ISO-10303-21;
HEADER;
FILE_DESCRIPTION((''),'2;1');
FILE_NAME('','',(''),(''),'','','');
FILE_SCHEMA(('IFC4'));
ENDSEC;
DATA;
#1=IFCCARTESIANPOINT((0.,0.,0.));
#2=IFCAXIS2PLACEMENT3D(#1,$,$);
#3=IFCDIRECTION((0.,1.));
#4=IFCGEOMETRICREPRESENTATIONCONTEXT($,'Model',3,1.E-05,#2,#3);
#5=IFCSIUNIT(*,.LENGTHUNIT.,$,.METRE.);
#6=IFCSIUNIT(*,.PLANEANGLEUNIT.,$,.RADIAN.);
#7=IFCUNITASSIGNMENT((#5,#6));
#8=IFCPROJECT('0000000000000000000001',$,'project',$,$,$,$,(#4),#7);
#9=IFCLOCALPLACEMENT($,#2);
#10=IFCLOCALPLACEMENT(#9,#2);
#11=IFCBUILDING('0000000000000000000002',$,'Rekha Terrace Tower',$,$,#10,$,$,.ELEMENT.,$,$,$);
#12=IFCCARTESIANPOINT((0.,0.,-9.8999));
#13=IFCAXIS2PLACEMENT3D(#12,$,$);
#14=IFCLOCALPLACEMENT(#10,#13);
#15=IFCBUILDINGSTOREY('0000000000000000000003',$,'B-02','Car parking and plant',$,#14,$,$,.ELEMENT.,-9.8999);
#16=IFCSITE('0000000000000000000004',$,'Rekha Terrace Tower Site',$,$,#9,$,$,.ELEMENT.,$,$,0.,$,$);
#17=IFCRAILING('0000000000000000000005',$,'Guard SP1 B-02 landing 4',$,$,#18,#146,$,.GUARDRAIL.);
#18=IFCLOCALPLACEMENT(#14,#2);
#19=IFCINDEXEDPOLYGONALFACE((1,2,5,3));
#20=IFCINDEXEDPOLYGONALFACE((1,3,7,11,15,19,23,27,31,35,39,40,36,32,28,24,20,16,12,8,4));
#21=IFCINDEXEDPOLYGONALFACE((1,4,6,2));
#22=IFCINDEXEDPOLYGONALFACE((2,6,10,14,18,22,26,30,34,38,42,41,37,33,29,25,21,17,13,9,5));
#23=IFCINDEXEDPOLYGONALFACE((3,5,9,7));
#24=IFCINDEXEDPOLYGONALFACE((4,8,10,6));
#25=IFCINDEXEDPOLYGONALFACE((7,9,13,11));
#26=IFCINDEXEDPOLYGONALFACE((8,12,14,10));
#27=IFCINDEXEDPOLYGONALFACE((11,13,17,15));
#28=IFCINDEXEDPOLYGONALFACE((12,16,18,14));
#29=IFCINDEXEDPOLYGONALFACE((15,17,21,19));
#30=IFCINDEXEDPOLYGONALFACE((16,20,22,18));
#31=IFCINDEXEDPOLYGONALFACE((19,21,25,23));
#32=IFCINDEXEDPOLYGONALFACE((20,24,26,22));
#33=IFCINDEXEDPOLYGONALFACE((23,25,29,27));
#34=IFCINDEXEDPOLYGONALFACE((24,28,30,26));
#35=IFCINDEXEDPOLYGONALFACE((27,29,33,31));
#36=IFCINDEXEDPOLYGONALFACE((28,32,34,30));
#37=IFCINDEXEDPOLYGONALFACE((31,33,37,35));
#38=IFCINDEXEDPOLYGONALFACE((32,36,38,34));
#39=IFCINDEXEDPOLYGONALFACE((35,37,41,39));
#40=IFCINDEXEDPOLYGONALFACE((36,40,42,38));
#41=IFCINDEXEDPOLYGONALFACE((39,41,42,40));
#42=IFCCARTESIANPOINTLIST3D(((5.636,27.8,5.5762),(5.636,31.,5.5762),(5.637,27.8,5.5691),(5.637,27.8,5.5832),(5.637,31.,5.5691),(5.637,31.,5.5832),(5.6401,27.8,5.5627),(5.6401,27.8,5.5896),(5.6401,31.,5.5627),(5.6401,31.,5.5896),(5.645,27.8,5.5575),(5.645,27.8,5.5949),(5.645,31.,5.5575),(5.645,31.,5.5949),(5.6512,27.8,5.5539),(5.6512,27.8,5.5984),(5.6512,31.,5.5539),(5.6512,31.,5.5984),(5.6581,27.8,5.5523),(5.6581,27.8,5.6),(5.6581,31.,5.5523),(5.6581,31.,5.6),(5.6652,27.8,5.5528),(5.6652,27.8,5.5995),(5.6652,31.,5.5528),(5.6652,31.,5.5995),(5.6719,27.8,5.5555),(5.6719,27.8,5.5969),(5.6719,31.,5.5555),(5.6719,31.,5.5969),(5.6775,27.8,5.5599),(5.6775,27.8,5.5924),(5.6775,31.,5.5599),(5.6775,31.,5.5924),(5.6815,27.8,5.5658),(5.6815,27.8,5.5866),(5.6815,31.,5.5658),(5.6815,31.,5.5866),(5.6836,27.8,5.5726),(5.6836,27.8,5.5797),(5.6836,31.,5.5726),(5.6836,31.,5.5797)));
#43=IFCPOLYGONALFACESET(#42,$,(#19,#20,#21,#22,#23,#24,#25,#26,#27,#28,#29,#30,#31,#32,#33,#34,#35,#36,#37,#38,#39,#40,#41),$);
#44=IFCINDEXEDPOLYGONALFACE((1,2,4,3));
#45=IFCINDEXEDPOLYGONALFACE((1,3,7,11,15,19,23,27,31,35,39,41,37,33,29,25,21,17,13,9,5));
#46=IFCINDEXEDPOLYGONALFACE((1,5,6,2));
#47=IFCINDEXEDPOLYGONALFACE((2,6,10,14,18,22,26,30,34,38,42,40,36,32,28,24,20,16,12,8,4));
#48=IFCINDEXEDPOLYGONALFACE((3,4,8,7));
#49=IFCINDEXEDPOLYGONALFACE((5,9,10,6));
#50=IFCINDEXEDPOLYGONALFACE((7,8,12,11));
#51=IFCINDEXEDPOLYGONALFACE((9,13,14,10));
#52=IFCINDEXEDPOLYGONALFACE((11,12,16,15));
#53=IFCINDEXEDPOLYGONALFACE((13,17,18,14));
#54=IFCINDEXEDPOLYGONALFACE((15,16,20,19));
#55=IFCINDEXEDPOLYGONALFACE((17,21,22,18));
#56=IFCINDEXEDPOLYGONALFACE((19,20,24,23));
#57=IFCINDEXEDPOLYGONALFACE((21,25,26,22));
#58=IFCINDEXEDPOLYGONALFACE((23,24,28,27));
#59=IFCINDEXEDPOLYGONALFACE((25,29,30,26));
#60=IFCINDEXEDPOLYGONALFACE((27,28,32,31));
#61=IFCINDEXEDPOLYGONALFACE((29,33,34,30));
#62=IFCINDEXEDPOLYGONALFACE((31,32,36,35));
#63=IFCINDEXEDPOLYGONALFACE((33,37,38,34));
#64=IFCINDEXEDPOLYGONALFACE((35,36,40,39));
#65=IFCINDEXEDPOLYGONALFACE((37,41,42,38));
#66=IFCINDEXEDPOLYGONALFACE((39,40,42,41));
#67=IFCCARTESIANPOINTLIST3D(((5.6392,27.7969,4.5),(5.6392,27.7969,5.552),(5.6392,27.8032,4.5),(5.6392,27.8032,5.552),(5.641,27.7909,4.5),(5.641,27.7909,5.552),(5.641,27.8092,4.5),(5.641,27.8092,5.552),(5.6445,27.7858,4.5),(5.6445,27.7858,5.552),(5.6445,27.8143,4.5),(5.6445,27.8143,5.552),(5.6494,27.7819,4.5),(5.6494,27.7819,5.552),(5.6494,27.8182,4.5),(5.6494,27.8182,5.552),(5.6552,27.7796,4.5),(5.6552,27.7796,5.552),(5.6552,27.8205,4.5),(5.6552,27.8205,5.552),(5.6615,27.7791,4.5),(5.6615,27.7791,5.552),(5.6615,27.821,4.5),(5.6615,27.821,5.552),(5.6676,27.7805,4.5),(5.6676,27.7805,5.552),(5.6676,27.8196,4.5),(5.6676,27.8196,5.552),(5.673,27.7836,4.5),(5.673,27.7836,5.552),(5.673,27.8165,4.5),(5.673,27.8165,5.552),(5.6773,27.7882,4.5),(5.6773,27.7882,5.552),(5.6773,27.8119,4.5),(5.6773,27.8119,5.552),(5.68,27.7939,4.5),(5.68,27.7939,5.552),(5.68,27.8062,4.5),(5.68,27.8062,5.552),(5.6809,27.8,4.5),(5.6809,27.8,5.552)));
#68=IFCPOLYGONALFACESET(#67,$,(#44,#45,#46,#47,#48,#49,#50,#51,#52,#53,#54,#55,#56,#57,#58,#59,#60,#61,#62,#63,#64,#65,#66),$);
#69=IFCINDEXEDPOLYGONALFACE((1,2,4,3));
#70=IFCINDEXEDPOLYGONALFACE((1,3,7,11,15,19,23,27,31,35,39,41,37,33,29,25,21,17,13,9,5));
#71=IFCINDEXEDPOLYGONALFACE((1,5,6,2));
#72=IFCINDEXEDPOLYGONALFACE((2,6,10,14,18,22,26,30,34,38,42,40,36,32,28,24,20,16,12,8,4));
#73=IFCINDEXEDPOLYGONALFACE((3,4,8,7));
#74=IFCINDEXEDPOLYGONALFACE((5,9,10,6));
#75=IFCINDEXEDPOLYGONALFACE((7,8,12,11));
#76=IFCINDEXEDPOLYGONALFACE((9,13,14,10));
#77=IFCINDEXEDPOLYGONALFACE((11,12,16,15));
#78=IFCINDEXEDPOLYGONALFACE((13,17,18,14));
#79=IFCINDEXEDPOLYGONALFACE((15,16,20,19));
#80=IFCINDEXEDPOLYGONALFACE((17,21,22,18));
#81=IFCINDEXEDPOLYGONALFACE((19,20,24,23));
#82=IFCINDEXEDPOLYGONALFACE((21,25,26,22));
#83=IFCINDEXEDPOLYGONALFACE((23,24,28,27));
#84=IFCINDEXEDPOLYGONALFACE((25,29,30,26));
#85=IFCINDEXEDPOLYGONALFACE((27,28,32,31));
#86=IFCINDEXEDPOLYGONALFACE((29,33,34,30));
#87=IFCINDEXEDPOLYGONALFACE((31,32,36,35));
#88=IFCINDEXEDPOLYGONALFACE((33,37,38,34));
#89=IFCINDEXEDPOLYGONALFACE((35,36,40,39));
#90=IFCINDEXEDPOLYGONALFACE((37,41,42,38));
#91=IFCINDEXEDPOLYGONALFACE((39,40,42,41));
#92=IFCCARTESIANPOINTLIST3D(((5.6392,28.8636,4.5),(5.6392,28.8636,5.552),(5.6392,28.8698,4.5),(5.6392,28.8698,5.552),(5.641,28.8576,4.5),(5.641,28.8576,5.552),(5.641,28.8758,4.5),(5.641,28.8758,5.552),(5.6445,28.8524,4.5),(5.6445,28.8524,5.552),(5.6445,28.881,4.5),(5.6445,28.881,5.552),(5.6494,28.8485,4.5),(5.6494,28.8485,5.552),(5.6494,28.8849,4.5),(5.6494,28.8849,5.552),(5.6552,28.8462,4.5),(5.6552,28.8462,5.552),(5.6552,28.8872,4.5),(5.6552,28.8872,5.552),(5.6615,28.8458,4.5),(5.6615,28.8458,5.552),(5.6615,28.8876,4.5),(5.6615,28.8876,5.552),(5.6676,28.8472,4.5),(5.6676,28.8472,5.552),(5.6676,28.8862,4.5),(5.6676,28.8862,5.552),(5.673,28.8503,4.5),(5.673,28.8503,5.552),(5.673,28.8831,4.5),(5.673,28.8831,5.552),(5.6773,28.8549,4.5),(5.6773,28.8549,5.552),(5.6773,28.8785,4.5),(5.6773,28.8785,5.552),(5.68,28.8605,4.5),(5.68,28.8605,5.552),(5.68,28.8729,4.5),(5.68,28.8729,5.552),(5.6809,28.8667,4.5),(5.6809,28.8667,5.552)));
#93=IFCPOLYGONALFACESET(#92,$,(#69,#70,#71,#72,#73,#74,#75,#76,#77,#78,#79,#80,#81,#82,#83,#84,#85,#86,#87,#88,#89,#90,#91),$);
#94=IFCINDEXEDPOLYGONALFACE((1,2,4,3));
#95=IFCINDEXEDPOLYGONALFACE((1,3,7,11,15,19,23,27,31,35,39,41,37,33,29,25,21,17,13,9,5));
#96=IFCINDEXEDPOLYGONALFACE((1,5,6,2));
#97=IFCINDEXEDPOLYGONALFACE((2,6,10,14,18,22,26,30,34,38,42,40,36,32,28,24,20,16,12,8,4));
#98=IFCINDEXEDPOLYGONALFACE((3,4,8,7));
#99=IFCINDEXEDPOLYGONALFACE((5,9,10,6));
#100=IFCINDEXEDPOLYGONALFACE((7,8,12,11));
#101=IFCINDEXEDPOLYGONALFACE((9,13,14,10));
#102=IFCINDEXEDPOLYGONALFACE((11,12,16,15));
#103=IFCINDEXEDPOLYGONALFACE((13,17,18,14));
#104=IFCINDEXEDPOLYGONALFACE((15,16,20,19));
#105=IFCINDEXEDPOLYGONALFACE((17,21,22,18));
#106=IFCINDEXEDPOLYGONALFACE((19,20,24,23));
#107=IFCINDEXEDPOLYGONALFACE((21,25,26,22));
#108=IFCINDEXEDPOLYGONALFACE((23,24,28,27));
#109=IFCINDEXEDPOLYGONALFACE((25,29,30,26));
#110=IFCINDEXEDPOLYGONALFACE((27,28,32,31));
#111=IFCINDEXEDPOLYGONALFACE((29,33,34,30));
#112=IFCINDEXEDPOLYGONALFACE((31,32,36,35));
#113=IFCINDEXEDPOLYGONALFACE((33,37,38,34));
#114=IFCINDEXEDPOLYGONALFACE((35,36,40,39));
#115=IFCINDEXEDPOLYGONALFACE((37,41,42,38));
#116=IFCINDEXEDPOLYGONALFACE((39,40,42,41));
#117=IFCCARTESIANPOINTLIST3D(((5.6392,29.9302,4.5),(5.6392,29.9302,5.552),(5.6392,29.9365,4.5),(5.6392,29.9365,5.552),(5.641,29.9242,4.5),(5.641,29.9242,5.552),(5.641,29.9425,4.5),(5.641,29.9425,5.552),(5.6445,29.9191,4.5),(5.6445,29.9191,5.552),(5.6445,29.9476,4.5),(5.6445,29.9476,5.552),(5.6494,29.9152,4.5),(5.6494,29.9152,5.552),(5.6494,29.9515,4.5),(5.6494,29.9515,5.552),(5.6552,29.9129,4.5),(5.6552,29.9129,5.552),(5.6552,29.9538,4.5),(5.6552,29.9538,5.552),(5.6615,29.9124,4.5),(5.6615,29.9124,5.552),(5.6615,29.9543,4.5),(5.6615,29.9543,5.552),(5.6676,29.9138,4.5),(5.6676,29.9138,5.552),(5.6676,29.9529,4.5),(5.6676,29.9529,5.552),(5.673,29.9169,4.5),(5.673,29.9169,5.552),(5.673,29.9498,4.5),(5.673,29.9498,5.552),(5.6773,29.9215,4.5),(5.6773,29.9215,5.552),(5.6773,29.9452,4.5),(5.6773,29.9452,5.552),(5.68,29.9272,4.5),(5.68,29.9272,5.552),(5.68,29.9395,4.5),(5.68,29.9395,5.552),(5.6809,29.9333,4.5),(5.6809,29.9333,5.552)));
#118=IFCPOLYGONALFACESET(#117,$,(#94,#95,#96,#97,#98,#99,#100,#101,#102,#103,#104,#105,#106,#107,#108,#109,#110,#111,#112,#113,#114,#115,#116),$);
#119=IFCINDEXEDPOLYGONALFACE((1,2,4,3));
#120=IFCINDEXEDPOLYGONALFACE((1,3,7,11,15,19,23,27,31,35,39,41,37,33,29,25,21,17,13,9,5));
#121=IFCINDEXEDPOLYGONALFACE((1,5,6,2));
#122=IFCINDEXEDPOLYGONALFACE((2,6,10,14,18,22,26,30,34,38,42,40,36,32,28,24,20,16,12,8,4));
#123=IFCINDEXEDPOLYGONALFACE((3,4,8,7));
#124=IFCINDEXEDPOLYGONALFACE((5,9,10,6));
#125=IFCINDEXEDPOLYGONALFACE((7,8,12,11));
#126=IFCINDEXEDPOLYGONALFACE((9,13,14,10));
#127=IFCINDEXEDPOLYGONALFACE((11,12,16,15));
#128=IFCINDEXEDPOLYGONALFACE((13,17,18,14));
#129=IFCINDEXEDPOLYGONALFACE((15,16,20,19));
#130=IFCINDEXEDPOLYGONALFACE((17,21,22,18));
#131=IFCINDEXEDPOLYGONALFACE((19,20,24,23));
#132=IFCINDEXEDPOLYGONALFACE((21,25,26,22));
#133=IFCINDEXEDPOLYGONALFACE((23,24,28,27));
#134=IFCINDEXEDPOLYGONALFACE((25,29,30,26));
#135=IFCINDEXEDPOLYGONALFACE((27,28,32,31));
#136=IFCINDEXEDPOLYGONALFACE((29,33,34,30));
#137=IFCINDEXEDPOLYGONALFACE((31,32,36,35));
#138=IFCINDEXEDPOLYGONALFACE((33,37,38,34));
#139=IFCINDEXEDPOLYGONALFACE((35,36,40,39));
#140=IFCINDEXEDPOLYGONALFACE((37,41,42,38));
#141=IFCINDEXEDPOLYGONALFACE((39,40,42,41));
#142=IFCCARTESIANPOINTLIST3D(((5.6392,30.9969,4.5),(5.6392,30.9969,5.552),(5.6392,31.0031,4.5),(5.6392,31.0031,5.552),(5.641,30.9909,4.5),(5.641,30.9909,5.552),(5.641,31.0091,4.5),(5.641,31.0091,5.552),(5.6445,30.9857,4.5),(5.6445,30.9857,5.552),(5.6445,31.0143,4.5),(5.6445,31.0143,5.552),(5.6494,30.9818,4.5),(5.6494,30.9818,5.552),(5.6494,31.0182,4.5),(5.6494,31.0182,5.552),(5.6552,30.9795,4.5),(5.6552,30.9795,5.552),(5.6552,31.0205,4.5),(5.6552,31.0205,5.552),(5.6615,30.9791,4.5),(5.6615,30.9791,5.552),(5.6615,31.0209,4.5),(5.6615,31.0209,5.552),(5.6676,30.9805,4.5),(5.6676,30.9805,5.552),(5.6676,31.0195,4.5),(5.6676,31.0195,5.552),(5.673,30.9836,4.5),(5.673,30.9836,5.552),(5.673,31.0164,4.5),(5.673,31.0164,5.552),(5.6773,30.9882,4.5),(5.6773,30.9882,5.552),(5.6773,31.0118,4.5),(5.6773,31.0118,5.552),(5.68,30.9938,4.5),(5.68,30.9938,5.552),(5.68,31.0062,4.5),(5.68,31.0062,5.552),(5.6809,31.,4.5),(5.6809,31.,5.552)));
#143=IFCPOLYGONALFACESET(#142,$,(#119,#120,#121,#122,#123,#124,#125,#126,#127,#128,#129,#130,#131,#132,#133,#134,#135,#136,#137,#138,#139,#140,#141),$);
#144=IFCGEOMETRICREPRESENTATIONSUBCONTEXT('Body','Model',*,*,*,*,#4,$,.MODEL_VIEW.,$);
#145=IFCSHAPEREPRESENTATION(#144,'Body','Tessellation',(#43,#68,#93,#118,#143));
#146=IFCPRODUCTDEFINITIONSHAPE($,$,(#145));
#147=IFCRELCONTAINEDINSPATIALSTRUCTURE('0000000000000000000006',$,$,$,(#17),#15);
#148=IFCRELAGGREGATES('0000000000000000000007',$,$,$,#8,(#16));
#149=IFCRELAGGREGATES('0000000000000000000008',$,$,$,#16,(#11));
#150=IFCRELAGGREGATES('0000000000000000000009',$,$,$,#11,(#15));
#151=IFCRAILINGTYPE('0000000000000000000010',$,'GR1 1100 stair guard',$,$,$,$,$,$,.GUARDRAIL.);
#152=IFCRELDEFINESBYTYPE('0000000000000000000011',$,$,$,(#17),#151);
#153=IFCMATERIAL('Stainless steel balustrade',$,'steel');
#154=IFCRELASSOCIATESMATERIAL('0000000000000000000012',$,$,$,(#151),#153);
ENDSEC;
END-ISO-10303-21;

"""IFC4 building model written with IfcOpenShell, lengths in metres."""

from ifc_helpers import new_model, si_unit, direction, frame, origin, origin_2d, place, context, subcontext, project, spatial, circle, extrude, material, type_object, element, save


model = new_model("IFC4")

# Units and contexts
model_context = context("Model", 3, precision=1e-05, world=origin(), true_north=direction((0.0, 1.0)))
body_context = subcontext(model_context, "Body", "Model", "MODEL_VIEW")
ifc_project = project(units=[si_unit("LENGTHUNIT", "METRE"), si_unit("PLANEANGLEUNIT", "RADIAN")], contexts=[model_context])

# Site, building, storey
site_placement = place(None, origin())
site = spatial("IfcSite", under=ifc_project, at=site_placement, Name="Rekha Terrace Tower Site", CompositionType="ELEMENT", RefElevation=0.0)
building_placement = place(site_placement, origin())
building = spatial("IfcBuilding", under=site, at=building_placement, Name="Rekha Terrace Tower", CompositionType="ELEMENT")
storey_placement = place(building_placement, frame((0.0, 0.0, -9.8999)))
storey = spatial("IfcBuildingStorey", under=building, at=storey_placement, Name="B-02", Description="Car parking and plant", CompositionType="ELEMENT", Elevation=-9.8999)

# Railing
ifc_material_1 = material(Name="Stainless steel balustrade", Category="steel")
railing_type_1 = type_object("IfcRailingType", Name="GR1 1100 stair guard", PredefinedType="GUARDRAIL", material=ifc_material_1)
railing_1_placement = place(storey_placement, frame((5.6599, 27.8, 4.5)))
element("IfcRailing", 1, at=railing_1_placement, inside=storey, type_object=railing_type_1, Name="Guard SP1 B-02 landing 4", PredefinedType="GUARDRAIL", context=body_context, shape_type="SweptSolid", body=[
    extrude(circle(Radius=0.0239, at=origin_2d()), frame((0.0, 0.0, 1.0762), z_axis=(0.0, 1.0, 0.0), x_axis=(-1.0, 0.0, 0.0)), (0.0, 0.0, 1.0), 3.2),
    extrude(circle(Radius=0.021, at=origin_2d()), origin(), (0.0, 0.0, 1.0), 1.052),
    extrude(circle(Radius=0.021, at=origin_2d()), frame((0.0, 1.0667, 0.0)), (0.0, 0.0, 1.0), 1.052),
    extrude(circle(Radius=0.021, at=origin_2d()), frame((0.0, 2.1333, 0.0)), (0.0, 0.0, 1.0), 1.052),
    extrude(circle(Radius=0.021, at=origin_2d()), frame((0.0, 3.2, 0.0)), (0.0, 0.0, 1.0), 1.052),
])

save(model, "model.ifc")
